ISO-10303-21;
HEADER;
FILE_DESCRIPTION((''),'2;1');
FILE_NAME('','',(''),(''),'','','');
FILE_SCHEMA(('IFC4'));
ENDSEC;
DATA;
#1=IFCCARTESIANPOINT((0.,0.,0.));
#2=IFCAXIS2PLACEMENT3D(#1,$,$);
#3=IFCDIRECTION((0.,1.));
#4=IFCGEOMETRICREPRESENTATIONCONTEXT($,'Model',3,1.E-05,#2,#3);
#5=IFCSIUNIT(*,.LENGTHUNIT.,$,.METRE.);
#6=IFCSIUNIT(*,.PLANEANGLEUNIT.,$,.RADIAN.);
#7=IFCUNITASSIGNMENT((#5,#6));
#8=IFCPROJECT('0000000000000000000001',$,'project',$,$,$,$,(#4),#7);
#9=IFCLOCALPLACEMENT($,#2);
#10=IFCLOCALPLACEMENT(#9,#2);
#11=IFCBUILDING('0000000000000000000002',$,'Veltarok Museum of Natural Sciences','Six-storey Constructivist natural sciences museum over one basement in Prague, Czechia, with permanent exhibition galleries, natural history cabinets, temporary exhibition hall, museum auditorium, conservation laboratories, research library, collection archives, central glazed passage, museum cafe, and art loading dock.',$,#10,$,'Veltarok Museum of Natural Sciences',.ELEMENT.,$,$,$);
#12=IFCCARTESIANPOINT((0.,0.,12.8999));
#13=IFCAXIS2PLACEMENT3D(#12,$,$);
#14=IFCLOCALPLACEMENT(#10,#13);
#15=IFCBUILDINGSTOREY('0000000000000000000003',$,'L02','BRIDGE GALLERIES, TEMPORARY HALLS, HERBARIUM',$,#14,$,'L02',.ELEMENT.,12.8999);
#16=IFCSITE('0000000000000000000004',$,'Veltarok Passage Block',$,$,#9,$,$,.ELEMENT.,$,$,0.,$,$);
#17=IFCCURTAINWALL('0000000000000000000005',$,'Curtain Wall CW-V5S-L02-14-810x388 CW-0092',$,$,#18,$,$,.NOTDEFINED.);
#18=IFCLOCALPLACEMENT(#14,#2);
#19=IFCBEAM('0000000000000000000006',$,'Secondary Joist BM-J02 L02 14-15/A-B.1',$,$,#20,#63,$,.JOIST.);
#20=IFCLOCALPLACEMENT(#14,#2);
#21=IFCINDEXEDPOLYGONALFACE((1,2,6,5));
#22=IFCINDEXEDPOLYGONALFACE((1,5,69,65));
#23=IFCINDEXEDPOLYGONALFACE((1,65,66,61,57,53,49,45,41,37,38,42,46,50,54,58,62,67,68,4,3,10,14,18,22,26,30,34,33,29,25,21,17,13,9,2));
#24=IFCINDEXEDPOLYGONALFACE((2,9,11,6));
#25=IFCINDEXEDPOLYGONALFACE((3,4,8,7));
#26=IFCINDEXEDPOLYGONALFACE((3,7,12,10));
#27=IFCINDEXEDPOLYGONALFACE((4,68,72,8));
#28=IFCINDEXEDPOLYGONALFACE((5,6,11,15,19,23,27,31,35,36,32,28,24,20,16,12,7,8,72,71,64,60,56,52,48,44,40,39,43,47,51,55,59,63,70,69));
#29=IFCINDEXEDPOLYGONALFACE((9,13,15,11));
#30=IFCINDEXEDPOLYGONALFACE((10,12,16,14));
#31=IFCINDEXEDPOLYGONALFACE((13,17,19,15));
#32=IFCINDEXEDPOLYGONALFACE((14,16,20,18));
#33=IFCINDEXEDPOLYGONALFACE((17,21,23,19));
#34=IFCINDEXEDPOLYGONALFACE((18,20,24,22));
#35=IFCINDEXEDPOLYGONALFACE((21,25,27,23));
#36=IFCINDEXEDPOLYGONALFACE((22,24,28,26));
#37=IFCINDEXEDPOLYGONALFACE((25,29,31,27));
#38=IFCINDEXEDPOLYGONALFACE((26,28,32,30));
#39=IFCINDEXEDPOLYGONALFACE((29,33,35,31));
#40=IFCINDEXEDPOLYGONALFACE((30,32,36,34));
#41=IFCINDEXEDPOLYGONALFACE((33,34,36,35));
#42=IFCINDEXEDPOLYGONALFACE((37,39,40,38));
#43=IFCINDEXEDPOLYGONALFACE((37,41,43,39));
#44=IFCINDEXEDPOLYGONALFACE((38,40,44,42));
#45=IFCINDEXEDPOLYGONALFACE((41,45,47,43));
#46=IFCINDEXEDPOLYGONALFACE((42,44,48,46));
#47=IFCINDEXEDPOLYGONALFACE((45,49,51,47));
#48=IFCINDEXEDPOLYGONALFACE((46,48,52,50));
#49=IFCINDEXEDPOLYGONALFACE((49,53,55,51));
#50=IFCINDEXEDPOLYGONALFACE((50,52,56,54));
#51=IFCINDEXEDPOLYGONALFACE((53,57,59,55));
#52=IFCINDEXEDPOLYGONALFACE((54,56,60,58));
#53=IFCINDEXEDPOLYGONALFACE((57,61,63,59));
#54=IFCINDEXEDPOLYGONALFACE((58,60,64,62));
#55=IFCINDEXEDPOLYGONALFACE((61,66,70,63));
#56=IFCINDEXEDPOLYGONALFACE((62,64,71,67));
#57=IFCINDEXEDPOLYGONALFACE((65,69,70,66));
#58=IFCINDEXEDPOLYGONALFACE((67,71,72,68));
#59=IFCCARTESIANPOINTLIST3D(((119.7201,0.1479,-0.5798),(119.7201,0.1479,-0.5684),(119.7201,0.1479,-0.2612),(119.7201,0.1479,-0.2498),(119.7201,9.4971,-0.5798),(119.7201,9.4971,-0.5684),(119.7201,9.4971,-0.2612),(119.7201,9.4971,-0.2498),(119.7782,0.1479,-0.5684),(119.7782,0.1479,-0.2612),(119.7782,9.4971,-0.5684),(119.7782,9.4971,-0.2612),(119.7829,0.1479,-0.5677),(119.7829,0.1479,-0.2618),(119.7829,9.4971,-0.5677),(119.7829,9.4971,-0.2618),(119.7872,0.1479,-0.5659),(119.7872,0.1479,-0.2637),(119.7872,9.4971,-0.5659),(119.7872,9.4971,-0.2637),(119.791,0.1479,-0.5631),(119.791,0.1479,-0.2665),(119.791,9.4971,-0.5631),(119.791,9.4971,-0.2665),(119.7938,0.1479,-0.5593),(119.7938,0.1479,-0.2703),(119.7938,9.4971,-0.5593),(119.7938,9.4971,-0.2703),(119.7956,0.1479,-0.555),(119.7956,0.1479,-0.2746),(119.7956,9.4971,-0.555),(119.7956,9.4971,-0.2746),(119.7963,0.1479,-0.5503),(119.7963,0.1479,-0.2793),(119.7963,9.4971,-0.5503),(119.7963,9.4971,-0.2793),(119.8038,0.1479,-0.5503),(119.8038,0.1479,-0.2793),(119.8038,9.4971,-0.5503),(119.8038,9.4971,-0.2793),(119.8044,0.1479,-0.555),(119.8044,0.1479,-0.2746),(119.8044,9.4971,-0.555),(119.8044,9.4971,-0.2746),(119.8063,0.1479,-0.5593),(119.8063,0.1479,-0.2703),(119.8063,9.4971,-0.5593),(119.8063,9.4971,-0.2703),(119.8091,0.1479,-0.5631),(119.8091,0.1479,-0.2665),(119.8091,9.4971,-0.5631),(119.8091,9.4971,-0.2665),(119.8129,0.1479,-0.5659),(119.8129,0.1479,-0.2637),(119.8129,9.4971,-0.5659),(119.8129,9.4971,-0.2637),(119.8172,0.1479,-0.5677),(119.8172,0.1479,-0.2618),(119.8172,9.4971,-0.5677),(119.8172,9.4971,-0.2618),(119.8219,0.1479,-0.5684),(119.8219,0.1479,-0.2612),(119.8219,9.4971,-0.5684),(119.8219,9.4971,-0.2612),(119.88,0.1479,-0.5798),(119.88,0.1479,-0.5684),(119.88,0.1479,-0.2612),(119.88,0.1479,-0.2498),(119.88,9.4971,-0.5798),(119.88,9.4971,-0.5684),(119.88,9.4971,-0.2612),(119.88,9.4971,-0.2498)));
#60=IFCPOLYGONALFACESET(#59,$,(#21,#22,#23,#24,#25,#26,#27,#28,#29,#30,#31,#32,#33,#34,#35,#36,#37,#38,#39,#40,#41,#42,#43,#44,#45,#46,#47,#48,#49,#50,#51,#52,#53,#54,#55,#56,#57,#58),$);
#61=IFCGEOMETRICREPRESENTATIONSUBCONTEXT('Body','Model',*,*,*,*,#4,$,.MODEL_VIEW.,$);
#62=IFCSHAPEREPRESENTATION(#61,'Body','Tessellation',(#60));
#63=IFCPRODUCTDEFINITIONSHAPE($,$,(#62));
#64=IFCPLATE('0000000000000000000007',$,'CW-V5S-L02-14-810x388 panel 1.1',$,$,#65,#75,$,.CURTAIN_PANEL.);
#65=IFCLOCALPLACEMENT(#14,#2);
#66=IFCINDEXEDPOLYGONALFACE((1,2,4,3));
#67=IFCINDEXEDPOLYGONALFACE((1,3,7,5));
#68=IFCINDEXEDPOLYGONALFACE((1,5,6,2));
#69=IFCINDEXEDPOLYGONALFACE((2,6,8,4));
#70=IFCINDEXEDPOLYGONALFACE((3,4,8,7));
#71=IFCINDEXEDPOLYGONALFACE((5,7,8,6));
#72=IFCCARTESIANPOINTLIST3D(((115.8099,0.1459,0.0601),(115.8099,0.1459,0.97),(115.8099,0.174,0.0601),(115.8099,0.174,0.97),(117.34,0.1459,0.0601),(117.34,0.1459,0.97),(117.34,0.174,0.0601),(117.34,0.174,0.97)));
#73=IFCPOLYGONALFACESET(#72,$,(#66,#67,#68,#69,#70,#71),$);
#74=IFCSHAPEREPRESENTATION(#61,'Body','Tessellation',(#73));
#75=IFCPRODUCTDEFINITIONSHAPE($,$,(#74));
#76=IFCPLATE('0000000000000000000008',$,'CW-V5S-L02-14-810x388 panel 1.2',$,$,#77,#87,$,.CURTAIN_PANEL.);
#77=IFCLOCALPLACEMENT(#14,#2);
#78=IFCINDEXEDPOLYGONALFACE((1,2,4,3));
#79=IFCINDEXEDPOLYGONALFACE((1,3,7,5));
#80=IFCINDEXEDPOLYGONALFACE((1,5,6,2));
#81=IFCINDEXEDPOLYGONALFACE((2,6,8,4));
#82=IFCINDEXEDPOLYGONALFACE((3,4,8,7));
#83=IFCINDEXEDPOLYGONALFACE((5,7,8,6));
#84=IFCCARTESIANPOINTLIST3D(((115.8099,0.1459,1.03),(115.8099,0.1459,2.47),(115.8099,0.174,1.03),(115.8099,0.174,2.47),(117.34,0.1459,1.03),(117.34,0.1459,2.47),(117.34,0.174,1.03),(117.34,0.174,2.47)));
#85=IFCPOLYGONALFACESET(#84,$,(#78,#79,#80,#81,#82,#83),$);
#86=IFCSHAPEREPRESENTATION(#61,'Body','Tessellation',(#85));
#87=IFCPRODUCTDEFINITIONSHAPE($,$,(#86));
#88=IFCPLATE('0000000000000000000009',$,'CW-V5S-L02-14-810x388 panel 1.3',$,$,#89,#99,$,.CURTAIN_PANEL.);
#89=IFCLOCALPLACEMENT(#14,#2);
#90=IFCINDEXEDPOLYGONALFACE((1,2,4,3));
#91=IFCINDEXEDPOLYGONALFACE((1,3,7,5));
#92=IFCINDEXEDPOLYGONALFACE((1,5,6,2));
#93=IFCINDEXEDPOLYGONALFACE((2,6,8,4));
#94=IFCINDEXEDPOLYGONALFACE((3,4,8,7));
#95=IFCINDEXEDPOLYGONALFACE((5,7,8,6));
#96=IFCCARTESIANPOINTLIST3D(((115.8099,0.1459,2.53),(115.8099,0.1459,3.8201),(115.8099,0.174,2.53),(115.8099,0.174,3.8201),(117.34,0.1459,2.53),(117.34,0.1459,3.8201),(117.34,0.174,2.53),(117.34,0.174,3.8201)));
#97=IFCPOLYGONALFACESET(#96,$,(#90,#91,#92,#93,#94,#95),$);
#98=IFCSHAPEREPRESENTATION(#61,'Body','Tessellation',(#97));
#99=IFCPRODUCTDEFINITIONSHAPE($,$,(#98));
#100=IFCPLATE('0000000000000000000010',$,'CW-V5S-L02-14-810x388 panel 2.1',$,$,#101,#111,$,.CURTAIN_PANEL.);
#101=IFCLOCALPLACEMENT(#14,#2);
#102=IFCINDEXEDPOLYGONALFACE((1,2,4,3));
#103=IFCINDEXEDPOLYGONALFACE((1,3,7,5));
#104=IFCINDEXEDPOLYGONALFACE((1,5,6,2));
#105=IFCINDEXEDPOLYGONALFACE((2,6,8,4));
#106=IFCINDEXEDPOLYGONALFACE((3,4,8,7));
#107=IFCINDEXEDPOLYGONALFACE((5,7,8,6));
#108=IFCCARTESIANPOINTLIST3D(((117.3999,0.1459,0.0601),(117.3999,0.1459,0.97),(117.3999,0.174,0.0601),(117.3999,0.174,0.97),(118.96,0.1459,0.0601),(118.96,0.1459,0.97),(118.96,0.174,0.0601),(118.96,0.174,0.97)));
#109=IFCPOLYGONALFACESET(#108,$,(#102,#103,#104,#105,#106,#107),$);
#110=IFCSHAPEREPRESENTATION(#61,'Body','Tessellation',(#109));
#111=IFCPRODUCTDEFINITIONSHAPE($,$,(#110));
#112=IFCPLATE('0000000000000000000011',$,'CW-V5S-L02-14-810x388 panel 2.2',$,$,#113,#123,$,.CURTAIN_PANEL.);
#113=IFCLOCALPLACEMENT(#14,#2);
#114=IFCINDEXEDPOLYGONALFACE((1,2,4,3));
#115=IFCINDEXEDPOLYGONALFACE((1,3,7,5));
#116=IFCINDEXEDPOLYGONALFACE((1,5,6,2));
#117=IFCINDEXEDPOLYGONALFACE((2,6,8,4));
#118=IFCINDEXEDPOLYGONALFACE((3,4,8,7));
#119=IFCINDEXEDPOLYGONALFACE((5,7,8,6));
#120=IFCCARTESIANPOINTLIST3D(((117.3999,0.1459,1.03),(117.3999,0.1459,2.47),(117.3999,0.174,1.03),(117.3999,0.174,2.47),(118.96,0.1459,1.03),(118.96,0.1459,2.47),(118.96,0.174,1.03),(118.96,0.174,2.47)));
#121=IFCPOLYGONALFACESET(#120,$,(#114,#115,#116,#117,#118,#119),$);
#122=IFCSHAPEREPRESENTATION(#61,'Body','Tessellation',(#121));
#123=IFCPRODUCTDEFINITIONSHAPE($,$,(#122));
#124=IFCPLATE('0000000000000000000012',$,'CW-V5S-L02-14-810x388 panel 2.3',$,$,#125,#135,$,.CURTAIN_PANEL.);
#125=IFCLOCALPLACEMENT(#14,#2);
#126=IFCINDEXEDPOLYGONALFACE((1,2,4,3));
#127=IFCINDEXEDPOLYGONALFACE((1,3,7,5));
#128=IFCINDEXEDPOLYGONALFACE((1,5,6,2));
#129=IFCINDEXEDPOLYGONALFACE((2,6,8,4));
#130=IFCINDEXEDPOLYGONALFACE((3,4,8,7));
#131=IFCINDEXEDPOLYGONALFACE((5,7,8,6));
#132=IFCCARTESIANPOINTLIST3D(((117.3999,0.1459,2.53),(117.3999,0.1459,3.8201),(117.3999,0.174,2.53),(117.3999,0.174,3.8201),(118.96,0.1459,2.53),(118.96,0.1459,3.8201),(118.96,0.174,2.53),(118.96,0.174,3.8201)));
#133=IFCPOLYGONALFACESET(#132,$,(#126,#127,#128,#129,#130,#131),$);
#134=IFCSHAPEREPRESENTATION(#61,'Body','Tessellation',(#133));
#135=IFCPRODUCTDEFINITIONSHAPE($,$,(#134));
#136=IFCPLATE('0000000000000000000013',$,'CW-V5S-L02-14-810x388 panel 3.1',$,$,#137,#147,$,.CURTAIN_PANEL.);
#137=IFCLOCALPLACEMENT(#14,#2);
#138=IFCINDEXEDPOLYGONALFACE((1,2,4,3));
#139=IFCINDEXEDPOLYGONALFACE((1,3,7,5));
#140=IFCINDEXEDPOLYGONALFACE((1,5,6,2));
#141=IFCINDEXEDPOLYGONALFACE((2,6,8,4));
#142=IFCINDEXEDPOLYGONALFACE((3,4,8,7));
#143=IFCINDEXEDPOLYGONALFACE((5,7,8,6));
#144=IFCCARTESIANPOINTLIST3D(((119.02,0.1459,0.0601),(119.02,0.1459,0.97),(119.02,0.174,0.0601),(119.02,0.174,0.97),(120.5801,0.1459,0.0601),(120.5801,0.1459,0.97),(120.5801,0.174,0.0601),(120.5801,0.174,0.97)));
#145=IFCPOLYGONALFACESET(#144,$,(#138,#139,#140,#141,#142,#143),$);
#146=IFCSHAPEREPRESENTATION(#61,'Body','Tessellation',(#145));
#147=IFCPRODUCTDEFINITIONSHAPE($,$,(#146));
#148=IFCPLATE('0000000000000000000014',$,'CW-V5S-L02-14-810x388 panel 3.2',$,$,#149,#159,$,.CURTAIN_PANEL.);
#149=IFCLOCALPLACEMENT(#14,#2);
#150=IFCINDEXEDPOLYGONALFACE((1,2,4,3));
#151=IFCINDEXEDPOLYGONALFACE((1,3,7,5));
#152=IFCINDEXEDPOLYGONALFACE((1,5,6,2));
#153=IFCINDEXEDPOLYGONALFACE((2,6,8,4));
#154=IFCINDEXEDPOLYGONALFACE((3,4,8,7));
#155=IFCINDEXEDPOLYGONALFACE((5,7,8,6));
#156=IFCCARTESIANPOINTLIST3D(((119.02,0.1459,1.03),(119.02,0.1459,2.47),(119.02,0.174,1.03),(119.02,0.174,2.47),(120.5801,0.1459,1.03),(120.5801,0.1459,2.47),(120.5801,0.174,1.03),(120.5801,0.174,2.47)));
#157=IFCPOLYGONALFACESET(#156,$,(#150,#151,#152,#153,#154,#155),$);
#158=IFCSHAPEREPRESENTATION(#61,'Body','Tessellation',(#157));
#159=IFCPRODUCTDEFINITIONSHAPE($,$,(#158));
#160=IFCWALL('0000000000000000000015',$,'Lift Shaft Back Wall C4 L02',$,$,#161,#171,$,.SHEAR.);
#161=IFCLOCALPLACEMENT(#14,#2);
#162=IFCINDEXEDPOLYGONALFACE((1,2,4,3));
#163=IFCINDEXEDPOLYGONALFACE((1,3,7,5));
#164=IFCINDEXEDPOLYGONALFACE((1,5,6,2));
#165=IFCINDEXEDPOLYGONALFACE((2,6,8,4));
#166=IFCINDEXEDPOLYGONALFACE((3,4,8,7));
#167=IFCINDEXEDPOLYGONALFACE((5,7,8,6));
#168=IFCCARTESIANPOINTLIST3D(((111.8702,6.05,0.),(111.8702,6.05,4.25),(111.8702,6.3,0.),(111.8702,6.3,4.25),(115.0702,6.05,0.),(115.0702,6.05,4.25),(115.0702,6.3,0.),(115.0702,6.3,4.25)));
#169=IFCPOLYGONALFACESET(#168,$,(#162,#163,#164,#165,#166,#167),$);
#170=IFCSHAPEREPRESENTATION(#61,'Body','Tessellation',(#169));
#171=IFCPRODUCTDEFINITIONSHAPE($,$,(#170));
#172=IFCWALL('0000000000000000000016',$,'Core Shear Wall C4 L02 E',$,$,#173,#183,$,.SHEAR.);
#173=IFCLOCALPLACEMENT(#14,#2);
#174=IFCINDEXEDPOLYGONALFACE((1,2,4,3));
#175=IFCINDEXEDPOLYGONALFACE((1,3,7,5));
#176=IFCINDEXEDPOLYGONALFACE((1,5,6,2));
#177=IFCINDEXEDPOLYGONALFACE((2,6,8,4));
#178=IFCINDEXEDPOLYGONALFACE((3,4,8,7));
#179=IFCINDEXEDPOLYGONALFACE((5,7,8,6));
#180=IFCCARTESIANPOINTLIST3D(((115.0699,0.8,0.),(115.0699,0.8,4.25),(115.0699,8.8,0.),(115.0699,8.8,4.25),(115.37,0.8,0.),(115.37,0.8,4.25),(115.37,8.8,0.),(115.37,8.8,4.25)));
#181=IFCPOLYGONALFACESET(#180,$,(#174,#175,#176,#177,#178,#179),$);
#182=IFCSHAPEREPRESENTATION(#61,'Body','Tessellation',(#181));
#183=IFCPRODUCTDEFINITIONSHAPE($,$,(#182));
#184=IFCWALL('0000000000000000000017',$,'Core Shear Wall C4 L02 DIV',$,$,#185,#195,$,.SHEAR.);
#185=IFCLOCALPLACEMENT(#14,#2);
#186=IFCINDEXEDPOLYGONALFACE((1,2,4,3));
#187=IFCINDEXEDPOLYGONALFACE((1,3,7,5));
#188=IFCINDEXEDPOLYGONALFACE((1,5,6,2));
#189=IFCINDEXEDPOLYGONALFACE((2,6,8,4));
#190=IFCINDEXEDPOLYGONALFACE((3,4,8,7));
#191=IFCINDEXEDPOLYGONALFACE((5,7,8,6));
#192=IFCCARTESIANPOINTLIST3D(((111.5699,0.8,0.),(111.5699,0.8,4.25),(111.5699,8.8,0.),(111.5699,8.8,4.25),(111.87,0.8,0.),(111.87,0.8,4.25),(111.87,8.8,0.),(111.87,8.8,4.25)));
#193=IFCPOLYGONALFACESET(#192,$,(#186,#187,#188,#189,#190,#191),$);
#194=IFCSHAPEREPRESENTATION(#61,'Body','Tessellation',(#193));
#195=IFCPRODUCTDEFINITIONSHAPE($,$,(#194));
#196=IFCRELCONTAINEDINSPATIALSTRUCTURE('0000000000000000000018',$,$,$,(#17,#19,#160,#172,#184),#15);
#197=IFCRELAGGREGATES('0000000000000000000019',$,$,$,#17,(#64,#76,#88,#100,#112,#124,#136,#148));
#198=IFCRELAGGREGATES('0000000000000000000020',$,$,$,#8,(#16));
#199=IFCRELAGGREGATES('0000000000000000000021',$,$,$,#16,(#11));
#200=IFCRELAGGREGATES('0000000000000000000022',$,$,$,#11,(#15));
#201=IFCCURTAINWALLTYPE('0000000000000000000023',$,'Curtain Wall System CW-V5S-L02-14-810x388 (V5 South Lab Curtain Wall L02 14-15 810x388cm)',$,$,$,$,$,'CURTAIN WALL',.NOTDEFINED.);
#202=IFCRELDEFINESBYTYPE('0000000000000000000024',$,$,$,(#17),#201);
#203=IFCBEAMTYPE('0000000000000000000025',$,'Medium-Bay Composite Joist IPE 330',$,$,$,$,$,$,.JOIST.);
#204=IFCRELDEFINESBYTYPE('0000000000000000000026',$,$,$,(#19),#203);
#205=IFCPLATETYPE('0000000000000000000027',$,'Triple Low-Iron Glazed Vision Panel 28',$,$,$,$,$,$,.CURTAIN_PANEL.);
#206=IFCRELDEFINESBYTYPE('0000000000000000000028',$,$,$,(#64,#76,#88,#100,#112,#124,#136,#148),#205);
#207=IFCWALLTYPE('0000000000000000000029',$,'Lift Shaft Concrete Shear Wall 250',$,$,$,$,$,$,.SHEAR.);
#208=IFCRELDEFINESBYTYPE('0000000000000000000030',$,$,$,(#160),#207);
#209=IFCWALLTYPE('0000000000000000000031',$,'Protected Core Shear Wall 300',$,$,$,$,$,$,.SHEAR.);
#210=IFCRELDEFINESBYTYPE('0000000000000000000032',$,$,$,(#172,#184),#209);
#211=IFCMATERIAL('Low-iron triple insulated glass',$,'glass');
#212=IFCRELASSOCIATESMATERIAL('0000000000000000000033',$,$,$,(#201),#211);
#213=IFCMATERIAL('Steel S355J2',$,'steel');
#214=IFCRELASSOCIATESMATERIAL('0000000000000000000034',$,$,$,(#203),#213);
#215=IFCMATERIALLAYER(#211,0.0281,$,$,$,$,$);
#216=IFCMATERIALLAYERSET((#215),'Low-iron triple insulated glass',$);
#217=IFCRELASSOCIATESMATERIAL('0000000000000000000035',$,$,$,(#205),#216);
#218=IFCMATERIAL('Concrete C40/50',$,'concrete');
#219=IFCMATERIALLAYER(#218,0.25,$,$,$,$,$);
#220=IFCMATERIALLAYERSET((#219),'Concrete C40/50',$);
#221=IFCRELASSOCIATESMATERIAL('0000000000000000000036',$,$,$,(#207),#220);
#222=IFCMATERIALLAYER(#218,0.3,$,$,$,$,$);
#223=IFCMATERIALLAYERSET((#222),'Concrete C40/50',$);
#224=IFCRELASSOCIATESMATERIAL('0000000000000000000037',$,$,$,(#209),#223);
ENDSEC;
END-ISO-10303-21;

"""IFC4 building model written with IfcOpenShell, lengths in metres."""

from ifc_helpers import new_model, si_unit, direction, frame, frame_2d, origin, origin_2d, place, context, subcontext, project, spatial, rectangle, i_section, extrude, material, layer, layer_set, material_profile, profile_set, type_object, element, aggregate, save


model = new_model("IFC4")

# Units and contexts
model_context = context("Model", 3, precision=1e-05, world=origin(), true_north=direction((0.0, 1.0)))
body_context = subcontext(model_context, "Body", "Model", "MODEL_VIEW")
ifc_project = project(units=[si_unit("LENGTHUNIT", "METRE"), si_unit("PLANEANGLEUNIT", "RADIAN")], contexts=[model_context])

# Site, building, storey
site_placement = place(None, origin())
site = spatial("IfcSite", under=ifc_project, at=site_placement, Name="Veltarok Passage Block", CompositionType="ELEMENT", RefElevation=0.0)
building_placement = place(site_placement, origin())
building = spatial("IfcBuilding", under=site, at=building_placement, Name="Veltarok Museum of Natural Sciences", Description="Six-storey Constructivist natural sciences museum over one basement in Prague, Czechia, with permanent exhibition galleries, natural history cabinets, temporary exhibition hall, museum auditorium, conservation laboratories, research library, collection archives, central glazed passage, museum cafe, and art loading dock.", LongName="Veltarok Museum of Natural Sciences", CompositionType="ELEMENT")
storey_placement = place(building_placement, frame((0.0, 0.0, 12.8999)))
storey = spatial("IfcBuildingStorey", under=building, at=storey_placement, Name="L02", Description="BRIDGE GALLERIES, TEMPORARY HALLS, HERBARIUM", LongName="L02", CompositionType="ELEMENT", Elevation=12.8999)

# Shared definitions
ifc_material_1 = material(Name="Steel S355J2", Category="steel")

# Curtain wall
ifc_material_2 = material(Name="Low-iron triple insulated glass", Category="glass")
curtain_wall_type = type_object("IfcCurtainWallType", Name="Curtain Wall System CW-V5S-L02-14-810x388 (V5 South Lab Curtain Wall L02 14-15 810x388cm)", ElementType="CURTAIN WALL", PredefinedType="NOTDEFINED", material=ifc_material_2)
curtain_wall_placement = place(storey_placement, origin())
curtain_wall = element("IfcCurtainWall", 1, at=curtain_wall_placement, inside=storey, type_object=curtain_wall_type, Name="Curtain Wall CW-V5S-L02-14-810x388 CW-0092", PredefinedType="NOTDEFINED")

# Beam
ifc_material_profile_1 = material_profile(ifc_material_1, i_section(OverallWidth=0.1599, OverallDepth=0.3301, WebThickness=0.0076, FlangeThickness=0.0115, FilletRadius=0.0181, at=origin_2d()), Name="IPE 330")
ifc_profile_set_1 = profile_set([ifc_material_profile_1], Name="Steel S355J2")
beam_type_1 = type_object("IfcBeamType", Name="Medium-Bay Composite Joist IPE 330", PredefinedType="JOIST", material=ifc_profile_set_1)
beam_1_placement = place(storey_placement, frame((119.8, 0.1479, -0.4148), z_axis=(0.0, 1.0, 0.0), x_axis=(-1.0, 0.0, 0.0)))
element("IfcBeam", 2, at=beam_1_placement, inside=storey, type_object=beam_type_1, Name="Secondary Joist BM-J02 L02 14-15/A-B.1", PredefinedType="JOIST", context=body_context, shape_type="SweptSolid", body=[
    extrude(i_section(OverallWidth=0.1599, OverallDepth=0.3301, WebThickness=0.0076, FlangeThickness=0.0115, FilletRadius=0.0181, at=origin_2d()), origin(), (0.0, 0.0, 1.0), 9.3491),
])

# Plates
ifc_layer_1 = layer(ifc_material_2, 0.0281)
ifc_layer_set_1 = layer_set([ifc_layer_1], Name="Low-iron triple insulated glass")
plate_type = type_object("IfcPlateType", Name="Triple Low-Iron Glazed Vision Panel 28", PredefinedType="CURTAIN_PANEL", material=ifc_layer_set_1)
plate_1_placement = place(storey_placement, frame((116.575, 0.1599, 0.0601), z_axis=(0.0, 0.0, 1.0), x_axis=(1.0, 0.0, 0.0)))
plate_1 = element("IfcPlate", 3, at=plate_1_placement, type_object=plate_type, Name="CW-V5S-L02-14-810x388 panel 1.1", PredefinedType="CURTAIN_PANEL", context=body_context, shape_type="SweptSolid", body=[
    extrude(rectangle(XDim=1.53, YDim=0.0281, at=origin_2d()), origin(), (0.0, 0.0, 1.0), 0.9099),
])
plate_2_placement = place(storey_placement, frame((116.575, 0.1599, 1.03), z_axis=(0.0, 0.0, 1.0), x_axis=(1.0, 0.0, 0.0)))
plate_2 = element("IfcPlate", 4, at=plate_2_placement, type_object=plate_type, Name="CW-V5S-L02-14-810x388 panel 1.2", PredefinedType="CURTAIN_PANEL", context=body_context, shape_type="SweptSolid", body=[
    extrude(rectangle(XDim=1.53, YDim=0.0281, at=origin_2d()), origin(), (0.0, 0.0, 1.0), 1.4399),
])
plate_3_placement = place(storey_placement, frame((116.575, 0.1599, 2.53), z_axis=(0.0, 0.0, 1.0), x_axis=(1.0, 0.0, 0.0)))
plate_3 = element("IfcPlate", 5, at=plate_3_placement, type_object=plate_type, Name="CW-V5S-L02-14-810x388 panel 1.3", PredefinedType="CURTAIN_PANEL", context=body_context, shape_type="SweptSolid", body=[
    extrude(rectangle(XDim=1.53, YDim=0.0281, at=origin_2d()), origin(), (0.0, 0.0, 1.0), 1.29),
])
plate_4_placement = place(storey_placement, frame((118.1799, 0.1599, 0.0601), z_axis=(0.0, 0.0, 1.0), x_axis=(1.0, 0.0, 0.0)))
plate_4 = element("IfcPlate", 6, at=plate_4_placement, type_object=plate_type, Name="CW-V5S-L02-14-810x388 panel 2.1", PredefinedType="CURTAIN_PANEL", context=body_context, shape_type="SweptSolid", body=[
    extrude(rectangle(XDim=1.5601, YDim=0.0281, at=origin_2d()), origin(), (0.0, 0.0, 1.0), 0.9099),
])
plate_5_placement = place(storey_placement, frame((118.1799, 0.1599, 1.03), z_axis=(0.0, 0.0, 1.0), x_axis=(1.0, 0.0, 0.0)))
plate_5 = element("IfcPlate", 7, at=plate_5_placement, type_object=plate_type, Name="CW-V5S-L02-14-810x388 panel 2.2", PredefinedType="CURTAIN_PANEL", context=body_context, shape_type="SweptSolid", body=[
    extrude(rectangle(XDim=1.5601, YDim=0.0281, at=origin_2d()), origin(), (0.0, 0.0, 1.0), 1.4399),
])
plate_6_placement = place(storey_placement, frame((118.1799, 0.1599, 2.53), z_axis=(0.0, 0.0, 1.0), x_axis=(1.0, 0.0, 0.0)))
plate_6 = element("IfcPlate", 8, at=plate_6_placement, type_object=plate_type, Name="CW-V5S-L02-14-810x388 panel 2.3", PredefinedType="CURTAIN_PANEL", context=body_context, shape_type="SweptSolid", body=[
    extrude(rectangle(XDim=1.5601, YDim=0.0281, at=origin_2d()), origin(), (0.0, 0.0, 1.0), 1.29),
])
plate_7_placement = place(storey_placement, frame((119.8, 0.1599, 0.0601), z_axis=(0.0, 0.0, 1.0), x_axis=(1.0, 0.0, 0.0)))
plate_7 = element("IfcPlate", 9, at=plate_7_placement, type_object=plate_type, Name="CW-V5S-L02-14-810x388 panel 3.1", PredefinedType="CURTAIN_PANEL", context=body_context, shape_type="SweptSolid", body=[
    extrude(rectangle(XDim=1.5601, YDim=0.0281, at=origin_2d()), origin(), (0.0, 0.0, 1.0), 0.9099),
])
plate_8_placement = place(storey_placement, frame((119.8, 0.1599, 1.03), z_axis=(0.0, 0.0, 1.0), x_axis=(1.0, 0.0, 0.0)))
plate_8 = element("IfcPlate", 10, at=plate_8_placement, type_object=plate_type, Name="CW-V5S-L02-14-810x388 panel 3.2", PredefinedType="CURTAIN_PANEL", context=body_context, shape_type="SweptSolid", body=[
    extrude(rectangle(XDim=1.5601, YDim=0.0281, at=origin_2d()), origin(), (0.0, 0.0, 1.0), 1.4399),
])
aggregate(curtain_wall, [plate_1, plate_2, plate_3, plate_4, plate_5, plate_6, plate_7, plate_8])

# Walls
ifc_material_3 = material(Name="Concrete C40/50", Category="concrete")
ifc_layer_2 = layer(ifc_material_3, 0.25)
ifc_layer_set_2 = layer_set([ifc_layer_2], Name="Concrete C40/50")
wall_type_1 = type_object("IfcWallType", Name="Lift Shaft Concrete Shear Wall 250", PredefinedType="SHEAR", material=ifc_layer_set_2)
wall_placement = place(storey_placement, frame((111.8701, 6.175, 0.0), z_axis=(0.0, 0.0, 1.0), x_axis=(1.0, 0.0, 0.0)))
element("IfcWall", 11, at=wall_placement, inside=storey, type_object=wall_type_1, Name="Lift Shaft Back Wall C4 L02", PredefinedType="SHEAR", context=body_context, shape_type="SweptSolid", body=[
    extrude(rectangle(XDim=3.2, YDim=0.25, at=frame_2d((1.6001, 0.0))), origin(), (0.0, 0.0, 1.0), 4.25),
])
ifc_layer_3 = layer(ifc_material_3, 0.3)
ifc_layer_set_3 = layer_set([ifc_layer_3], Name="Concrete C40/50")
wall_type_2 = type_object("IfcWallType", Name="Protected Core Shear Wall 300", PredefinedType="SHEAR", material=ifc_layer_set_3)
for number, where, z_axis, x_axis, name in (
    (12, (115.22, 0.8, 0.0), (0.0, 0.0, 1.0), (0.0, 1.0, 0.0), "Core Shear Wall C4 L02 E"),
    (13, (111.72, 0.8, 0.0), (0.0, 0.0, 1.0), (0.0, 1.0, 0.0), "Core Shear Wall C4 L02 DIV"),
):
    element("IfcWall", number, at=place(storey_placement, frame(where, z_axis=z_axis, x_axis=x_axis)), inside=storey, type_object=wall_type_2, Name=name, PredefinedType="SHEAR", context=body_context, shape_type="SweptSolid", body=[
        extrude(rectangle(XDim=8.0, YDim=0.3, at=frame_2d((4.0, 0.0))), origin(), (0.0, 0.0, 1.0), 4.25),
    ])

save(model, "model.ifc")
